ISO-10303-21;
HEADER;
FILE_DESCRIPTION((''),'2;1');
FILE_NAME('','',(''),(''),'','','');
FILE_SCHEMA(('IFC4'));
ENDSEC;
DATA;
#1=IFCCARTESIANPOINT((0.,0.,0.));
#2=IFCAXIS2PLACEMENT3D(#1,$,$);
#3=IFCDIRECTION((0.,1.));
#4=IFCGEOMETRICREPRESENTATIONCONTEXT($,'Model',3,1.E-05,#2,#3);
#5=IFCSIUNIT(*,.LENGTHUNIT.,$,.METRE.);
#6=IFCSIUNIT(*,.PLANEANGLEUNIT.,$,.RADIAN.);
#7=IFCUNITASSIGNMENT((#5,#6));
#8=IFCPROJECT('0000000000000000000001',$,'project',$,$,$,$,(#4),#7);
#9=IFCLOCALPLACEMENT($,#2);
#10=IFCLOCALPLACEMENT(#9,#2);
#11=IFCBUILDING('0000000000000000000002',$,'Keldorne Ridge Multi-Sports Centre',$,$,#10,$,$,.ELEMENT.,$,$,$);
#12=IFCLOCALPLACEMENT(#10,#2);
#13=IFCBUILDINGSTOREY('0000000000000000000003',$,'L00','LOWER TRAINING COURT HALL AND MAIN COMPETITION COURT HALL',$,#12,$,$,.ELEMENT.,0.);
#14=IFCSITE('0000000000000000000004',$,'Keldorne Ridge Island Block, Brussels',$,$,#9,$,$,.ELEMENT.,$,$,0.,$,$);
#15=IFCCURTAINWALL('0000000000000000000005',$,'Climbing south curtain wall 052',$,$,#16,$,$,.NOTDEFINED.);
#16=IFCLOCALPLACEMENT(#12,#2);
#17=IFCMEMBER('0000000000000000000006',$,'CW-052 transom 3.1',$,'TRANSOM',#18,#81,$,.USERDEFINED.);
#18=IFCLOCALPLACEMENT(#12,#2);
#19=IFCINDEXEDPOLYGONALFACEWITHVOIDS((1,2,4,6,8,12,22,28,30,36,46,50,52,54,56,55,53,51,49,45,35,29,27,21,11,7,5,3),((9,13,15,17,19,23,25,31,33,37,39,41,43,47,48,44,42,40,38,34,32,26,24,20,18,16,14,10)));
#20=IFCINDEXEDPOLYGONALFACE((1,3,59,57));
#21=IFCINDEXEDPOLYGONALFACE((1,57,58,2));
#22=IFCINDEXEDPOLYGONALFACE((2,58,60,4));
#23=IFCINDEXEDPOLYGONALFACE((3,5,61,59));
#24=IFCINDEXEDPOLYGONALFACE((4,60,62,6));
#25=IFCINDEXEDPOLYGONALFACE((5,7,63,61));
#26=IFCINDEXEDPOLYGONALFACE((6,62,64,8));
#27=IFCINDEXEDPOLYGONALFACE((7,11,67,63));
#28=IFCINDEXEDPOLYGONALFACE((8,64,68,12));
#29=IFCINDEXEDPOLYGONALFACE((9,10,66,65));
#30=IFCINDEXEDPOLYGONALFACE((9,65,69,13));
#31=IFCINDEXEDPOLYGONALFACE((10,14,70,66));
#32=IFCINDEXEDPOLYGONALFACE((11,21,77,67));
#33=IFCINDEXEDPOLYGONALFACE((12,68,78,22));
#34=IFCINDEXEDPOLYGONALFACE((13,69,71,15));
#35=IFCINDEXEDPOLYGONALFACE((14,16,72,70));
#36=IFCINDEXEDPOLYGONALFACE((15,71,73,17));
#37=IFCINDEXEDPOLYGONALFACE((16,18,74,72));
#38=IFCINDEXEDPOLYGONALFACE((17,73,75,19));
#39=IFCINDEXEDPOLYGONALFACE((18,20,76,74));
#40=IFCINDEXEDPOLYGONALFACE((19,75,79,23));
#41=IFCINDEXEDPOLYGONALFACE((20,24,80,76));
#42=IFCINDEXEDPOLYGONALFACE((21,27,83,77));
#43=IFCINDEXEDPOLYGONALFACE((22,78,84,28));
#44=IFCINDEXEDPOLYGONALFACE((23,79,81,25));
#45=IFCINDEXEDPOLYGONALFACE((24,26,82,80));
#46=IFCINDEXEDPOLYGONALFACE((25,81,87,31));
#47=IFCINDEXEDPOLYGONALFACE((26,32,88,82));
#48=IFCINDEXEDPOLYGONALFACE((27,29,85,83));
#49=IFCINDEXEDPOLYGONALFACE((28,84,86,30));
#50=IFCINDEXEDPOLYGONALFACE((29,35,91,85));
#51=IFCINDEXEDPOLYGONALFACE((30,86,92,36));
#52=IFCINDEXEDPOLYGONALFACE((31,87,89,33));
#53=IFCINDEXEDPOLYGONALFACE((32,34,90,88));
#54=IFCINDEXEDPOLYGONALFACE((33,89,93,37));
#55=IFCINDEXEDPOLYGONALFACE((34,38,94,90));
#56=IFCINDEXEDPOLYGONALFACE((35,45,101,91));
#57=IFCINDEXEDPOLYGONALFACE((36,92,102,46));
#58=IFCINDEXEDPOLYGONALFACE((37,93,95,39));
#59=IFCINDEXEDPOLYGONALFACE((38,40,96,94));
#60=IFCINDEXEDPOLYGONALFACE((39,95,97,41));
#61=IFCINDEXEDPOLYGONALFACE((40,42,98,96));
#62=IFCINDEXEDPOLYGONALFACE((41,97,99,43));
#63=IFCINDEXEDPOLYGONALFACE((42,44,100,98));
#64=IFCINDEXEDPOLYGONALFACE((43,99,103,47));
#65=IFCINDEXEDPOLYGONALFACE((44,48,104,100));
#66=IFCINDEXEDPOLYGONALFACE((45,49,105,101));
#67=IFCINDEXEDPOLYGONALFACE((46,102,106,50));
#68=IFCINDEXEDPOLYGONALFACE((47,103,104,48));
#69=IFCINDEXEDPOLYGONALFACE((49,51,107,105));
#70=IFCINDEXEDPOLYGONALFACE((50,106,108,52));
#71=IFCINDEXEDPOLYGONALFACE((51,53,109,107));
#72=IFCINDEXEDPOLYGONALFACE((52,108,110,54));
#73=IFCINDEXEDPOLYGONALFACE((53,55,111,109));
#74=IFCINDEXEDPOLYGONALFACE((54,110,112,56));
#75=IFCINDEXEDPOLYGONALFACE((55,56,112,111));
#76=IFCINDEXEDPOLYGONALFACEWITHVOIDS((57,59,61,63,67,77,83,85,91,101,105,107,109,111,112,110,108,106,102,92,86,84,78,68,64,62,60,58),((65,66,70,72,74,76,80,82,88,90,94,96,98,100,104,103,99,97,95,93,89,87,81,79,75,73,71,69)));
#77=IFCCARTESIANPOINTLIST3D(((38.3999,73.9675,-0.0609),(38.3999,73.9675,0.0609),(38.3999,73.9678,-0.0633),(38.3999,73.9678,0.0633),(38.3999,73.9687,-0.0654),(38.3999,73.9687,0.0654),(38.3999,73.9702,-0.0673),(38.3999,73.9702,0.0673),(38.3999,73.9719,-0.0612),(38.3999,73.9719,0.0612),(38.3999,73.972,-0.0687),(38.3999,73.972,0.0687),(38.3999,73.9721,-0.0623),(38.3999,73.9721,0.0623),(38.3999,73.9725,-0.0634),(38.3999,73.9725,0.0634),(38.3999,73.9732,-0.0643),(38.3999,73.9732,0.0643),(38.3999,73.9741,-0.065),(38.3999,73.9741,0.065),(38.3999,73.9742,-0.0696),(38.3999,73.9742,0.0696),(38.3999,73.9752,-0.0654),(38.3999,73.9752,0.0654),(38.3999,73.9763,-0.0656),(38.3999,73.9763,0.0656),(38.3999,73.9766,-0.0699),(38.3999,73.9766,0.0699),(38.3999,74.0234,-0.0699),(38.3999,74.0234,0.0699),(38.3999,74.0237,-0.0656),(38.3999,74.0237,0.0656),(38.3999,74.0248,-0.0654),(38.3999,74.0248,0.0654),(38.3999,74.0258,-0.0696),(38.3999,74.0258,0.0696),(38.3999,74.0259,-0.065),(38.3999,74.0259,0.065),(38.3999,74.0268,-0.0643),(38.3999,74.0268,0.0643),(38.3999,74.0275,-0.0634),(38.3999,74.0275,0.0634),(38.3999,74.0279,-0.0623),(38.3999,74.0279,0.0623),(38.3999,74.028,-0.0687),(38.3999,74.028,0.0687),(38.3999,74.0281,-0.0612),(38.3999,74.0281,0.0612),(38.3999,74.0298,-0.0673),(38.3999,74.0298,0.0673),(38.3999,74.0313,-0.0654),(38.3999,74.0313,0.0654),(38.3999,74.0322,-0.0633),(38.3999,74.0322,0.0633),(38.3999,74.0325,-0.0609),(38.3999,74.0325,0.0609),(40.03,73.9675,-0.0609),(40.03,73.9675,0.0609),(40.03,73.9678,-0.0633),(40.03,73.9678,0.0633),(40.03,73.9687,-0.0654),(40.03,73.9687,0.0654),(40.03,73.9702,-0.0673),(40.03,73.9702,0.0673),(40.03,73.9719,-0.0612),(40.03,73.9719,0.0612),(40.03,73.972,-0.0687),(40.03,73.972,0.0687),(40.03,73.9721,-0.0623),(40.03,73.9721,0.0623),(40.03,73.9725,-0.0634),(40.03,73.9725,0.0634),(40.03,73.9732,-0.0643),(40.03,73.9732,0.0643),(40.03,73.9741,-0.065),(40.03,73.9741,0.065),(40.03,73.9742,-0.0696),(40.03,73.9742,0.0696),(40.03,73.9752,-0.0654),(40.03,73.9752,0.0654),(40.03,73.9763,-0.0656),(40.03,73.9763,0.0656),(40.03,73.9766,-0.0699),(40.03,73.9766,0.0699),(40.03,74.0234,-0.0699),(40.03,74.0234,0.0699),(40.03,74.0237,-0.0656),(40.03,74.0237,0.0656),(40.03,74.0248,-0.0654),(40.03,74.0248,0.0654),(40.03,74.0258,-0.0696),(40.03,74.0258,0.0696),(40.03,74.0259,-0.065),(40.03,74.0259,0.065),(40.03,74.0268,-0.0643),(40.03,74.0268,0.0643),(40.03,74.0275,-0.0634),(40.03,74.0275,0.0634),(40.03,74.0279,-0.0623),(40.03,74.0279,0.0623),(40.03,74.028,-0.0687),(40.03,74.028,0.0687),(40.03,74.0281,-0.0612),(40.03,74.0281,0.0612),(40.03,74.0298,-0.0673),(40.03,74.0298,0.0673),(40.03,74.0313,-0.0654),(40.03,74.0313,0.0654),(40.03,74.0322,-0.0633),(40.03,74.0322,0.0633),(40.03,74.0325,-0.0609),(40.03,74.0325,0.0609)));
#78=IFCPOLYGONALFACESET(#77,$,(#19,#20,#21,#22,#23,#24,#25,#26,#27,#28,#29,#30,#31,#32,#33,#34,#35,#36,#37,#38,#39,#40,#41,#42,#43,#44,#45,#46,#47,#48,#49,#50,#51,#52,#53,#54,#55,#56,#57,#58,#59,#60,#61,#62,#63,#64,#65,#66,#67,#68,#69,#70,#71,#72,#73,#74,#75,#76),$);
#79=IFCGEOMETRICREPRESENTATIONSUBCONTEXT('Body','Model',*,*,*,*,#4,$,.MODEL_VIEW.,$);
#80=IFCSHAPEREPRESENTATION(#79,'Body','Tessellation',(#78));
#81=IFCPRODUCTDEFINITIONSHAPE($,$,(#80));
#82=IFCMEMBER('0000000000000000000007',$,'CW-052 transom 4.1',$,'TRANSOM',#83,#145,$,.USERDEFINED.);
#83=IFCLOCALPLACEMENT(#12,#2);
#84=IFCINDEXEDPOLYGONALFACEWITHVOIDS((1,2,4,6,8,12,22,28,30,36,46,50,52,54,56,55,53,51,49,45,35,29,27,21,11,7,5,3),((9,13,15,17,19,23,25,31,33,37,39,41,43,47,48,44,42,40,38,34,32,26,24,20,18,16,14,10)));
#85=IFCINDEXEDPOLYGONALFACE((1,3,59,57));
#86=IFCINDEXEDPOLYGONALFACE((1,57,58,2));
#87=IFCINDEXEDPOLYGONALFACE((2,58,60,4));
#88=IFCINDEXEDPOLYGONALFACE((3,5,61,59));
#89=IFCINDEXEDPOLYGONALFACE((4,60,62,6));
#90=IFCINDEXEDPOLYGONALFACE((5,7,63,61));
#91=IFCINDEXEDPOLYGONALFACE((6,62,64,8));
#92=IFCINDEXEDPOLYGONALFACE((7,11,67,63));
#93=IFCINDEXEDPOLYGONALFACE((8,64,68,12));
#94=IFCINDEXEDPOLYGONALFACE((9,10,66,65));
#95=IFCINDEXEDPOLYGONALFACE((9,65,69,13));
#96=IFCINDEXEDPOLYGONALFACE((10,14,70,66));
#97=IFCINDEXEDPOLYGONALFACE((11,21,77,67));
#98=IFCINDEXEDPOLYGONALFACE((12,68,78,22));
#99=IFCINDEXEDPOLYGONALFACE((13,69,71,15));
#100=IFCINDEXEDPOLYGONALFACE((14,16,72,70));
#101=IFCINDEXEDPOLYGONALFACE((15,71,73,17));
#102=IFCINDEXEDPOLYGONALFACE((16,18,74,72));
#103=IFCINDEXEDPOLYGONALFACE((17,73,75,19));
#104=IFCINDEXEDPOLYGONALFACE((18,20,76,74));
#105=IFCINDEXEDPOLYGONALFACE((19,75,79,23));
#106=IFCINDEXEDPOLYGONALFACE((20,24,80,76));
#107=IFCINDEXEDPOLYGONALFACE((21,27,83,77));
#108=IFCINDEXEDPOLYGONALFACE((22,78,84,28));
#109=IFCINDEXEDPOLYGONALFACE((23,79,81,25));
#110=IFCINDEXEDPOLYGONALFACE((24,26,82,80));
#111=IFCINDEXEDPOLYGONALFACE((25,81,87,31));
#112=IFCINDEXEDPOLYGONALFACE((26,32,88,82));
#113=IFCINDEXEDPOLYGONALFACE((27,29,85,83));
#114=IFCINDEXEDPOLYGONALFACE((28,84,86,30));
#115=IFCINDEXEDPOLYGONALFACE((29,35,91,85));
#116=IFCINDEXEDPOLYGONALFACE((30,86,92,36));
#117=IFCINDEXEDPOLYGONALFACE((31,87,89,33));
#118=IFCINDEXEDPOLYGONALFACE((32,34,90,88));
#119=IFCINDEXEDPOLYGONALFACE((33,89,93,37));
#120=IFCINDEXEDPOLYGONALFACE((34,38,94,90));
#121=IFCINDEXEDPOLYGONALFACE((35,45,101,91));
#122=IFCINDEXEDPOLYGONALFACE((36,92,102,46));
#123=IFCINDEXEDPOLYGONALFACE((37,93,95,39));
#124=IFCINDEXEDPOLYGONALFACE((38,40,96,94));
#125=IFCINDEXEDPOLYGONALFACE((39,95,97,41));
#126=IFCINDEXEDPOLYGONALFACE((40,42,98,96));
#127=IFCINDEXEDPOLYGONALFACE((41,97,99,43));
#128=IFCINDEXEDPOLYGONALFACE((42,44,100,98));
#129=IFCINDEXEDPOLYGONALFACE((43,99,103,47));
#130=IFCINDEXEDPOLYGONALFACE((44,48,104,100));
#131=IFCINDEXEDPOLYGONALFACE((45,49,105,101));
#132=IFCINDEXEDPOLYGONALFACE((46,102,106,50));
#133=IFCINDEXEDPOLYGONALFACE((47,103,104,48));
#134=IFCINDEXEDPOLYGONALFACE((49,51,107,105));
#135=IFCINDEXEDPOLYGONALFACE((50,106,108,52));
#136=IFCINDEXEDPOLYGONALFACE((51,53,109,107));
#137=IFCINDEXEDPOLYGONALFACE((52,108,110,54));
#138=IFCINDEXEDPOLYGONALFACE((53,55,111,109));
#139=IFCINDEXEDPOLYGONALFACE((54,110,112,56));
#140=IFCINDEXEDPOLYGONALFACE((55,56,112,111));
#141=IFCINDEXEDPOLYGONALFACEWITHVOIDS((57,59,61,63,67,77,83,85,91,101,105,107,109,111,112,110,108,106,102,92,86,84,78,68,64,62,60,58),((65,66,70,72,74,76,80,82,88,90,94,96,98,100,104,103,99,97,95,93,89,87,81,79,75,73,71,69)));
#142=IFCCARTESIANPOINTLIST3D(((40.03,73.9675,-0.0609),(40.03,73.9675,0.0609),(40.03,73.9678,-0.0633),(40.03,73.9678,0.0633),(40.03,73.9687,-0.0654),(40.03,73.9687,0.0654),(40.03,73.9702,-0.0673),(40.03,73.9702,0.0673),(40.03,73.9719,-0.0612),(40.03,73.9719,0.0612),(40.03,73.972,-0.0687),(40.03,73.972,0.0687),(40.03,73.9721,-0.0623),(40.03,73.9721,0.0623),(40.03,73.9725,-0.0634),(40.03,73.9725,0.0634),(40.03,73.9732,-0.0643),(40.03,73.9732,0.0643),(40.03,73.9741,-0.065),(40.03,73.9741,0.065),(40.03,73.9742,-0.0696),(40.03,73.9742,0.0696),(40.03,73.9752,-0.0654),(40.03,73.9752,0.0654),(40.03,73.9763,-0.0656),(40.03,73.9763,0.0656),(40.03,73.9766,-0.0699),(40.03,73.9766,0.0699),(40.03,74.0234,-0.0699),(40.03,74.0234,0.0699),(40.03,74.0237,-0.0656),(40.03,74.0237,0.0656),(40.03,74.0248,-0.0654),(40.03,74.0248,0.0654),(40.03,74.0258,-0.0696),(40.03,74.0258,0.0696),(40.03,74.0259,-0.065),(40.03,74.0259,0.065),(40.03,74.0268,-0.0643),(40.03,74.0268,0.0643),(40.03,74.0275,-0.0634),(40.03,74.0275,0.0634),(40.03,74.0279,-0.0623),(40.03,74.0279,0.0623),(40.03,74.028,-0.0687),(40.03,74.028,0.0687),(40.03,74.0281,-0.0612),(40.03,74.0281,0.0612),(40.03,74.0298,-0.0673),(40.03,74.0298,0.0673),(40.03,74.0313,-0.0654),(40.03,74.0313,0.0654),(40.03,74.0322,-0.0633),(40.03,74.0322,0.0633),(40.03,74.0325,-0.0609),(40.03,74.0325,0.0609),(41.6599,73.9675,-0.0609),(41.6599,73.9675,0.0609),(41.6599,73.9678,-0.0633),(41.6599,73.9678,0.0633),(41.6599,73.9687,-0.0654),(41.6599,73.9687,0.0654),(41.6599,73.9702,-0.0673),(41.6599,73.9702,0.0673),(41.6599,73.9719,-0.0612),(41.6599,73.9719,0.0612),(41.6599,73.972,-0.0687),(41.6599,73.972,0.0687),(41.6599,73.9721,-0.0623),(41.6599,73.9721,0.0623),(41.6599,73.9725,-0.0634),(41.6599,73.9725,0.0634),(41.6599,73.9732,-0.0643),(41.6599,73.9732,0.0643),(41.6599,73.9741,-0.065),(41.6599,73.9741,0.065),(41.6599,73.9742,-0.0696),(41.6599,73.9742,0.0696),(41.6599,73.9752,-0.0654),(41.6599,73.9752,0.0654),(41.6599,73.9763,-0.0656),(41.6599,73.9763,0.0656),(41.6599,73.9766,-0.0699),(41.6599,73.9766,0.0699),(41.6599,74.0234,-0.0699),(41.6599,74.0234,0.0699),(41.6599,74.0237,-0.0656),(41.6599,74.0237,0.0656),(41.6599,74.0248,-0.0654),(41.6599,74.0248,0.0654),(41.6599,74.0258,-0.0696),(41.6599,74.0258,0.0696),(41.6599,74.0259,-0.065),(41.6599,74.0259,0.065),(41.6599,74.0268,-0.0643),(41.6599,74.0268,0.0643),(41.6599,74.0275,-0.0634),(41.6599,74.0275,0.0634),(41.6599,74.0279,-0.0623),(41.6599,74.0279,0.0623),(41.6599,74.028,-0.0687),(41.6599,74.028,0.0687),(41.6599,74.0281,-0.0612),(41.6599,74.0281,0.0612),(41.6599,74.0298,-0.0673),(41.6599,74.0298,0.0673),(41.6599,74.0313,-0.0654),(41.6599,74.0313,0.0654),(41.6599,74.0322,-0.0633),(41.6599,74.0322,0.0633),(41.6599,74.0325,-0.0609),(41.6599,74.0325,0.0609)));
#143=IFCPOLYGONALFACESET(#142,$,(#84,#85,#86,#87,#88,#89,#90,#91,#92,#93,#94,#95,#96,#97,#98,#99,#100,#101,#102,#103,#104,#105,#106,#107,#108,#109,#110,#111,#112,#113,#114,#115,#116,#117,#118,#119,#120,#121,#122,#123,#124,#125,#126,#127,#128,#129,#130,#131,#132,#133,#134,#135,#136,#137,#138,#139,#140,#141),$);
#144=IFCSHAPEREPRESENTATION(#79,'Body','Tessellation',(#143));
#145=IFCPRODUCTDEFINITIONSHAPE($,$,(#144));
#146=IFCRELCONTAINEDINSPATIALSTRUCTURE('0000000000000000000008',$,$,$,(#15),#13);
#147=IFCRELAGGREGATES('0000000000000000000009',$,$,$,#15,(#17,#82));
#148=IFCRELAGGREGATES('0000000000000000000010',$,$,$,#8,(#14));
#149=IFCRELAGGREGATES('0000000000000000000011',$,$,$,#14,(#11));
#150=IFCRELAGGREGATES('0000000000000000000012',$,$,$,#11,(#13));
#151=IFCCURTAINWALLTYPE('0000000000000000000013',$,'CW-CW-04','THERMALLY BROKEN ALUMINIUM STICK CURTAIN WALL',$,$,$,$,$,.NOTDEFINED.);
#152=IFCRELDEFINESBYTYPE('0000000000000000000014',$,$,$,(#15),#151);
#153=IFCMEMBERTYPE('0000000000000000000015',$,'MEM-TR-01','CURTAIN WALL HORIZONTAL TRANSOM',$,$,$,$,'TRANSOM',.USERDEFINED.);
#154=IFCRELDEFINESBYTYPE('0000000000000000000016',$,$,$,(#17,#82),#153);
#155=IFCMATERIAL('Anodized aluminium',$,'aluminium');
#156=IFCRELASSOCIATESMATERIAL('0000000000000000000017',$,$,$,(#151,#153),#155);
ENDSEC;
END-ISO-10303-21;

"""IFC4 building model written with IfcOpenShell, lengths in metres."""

from ifc_helpers import new_model, si_unit, direction, frame, origin, origin_2d, place, context, subcontext, project, spatial, hollow_rectangle, extrude, material, material_profile, profile_set, type_object, element, aggregate, save


model = new_model("IFC4")

# Units and contexts
model_context = context("Model", 3, precision=1e-05, world=origin(), true_north=direction((0.0, 1.0)))
body_context = subcontext(model_context, "Body", "Model", "MODEL_VIEW")
ifc_project = project(units=[si_unit("LENGTHUNIT", "METRE"), si_unit("PLANEANGLEUNIT", "RADIAN")], contexts=[model_context])

# Site, building, storey
site_placement = place(None, origin())
site = spatial("IfcSite", under=ifc_project, at=site_placement, Name="Keldorne Ridge Island Block, Brussels", CompositionType="ELEMENT", RefElevation=0.0)
building_placement = place(site_placement, origin())
building = spatial("IfcBuilding", under=site, at=building_placement, Name="Keldorne Ridge Multi-Sports Centre", CompositionType="ELEMENT")
storey_placement = place(building_placement, origin())
storey = spatial("IfcBuildingStorey", under=building, at=storey_placement, Name="L00", Description="LOWER TRAINING COURT HALL AND MAIN COMPETITION COURT HALL", CompositionType="ELEMENT", Elevation=0.0)

# Shared definitions
ifc_material_1 = material(Name="Anodized aluminium", Category="aluminium")

# Curtain wall, members
curtain_wall_type_1 = type_object("IfcCurtainWallType", Name="CW-CW-04", Description="THERMALLY BROKEN ALUMINIUM STICK CURTAIN WALL", PredefinedType="NOTDEFINED", material=ifc_material_1)
curtain_wall_1_placement = place(storey_placement, origin())
curtain_wall_1 = element("IfcCurtainWall", 1, at=curtain_wall_1_placement, inside=storey, type_object=curtain_wall_type_1, Name="Climbing south curtain wall 052", PredefinedType="NOTDEFINED")
ifc_material_profile_1 = material_profile(ifc_material_1, hollow_rectangle(XDim=0.0649, YDim=0.1399, WallThickness=0.0044, InnerFilletRadius=0.0044, OuterFilletRadius=0.009, at=origin_2d()), Name="ALU TRANSOM 140x65x4.5")
ifc_profile_set_1 = profile_set([ifc_material_profile_1], Name="Anodized aluminium")
member_type_1 = type_object("IfcMemberType", Name="MEM-TR-01", Description="CURTAIN WALL HORIZONTAL TRANSOM", ElementType="TRANSOM", PredefinedType="USERDEFINED", material=ifc_profile_set_1)
member_1_placement = place(storey_placement, frame((38.3999, 74.0, 0.0), z_axis=(1.0, 0.0, 0.0), x_axis=(0.0, 1.0, 0.0)))
member_1 = element("IfcMember", 2, at=member_1_placement, type_object=member_type_1, Name="CW-052 transom 3.1", ObjectType="TRANSOM", PredefinedType="USERDEFINED", context=body_context, shape_type="SweptSolid", body=[
    extrude(hollow_rectangle(XDim=0.0649, YDim=0.1399, WallThickness=0.0044, InnerFilletRadius=0.0044, OuterFilletRadius=0.009, at=origin_2d()), origin(), (0.0, 0.0, 1.0), 1.6301),
])
member_2_placement = place(storey_placement, frame((40.03, 74.0, 0.0), z_axis=(1.0, 0.0, 0.0), x_axis=(0.0, 1.0, 0.0)))
member_2 = element("IfcMember", 3, at=member_2_placement, type_object=member_type_1, Name="CW-052 transom 4.1", ObjectType="TRANSOM", PredefinedType="USERDEFINED", context=body_context, shape_type="SweptSolid", body=[
    extrude(hollow_rectangle(XDim=0.0649, YDim=0.1399, WallThickness=0.0044, InnerFilletRadius=0.0044, OuterFilletRadius=0.009, at=origin_2d()), origin(), (0.0, 0.0, 1.0), 1.6299),
])
aggregate(curtain_wall_1, [member_1, member_2])

save(model, "model.ifc")
